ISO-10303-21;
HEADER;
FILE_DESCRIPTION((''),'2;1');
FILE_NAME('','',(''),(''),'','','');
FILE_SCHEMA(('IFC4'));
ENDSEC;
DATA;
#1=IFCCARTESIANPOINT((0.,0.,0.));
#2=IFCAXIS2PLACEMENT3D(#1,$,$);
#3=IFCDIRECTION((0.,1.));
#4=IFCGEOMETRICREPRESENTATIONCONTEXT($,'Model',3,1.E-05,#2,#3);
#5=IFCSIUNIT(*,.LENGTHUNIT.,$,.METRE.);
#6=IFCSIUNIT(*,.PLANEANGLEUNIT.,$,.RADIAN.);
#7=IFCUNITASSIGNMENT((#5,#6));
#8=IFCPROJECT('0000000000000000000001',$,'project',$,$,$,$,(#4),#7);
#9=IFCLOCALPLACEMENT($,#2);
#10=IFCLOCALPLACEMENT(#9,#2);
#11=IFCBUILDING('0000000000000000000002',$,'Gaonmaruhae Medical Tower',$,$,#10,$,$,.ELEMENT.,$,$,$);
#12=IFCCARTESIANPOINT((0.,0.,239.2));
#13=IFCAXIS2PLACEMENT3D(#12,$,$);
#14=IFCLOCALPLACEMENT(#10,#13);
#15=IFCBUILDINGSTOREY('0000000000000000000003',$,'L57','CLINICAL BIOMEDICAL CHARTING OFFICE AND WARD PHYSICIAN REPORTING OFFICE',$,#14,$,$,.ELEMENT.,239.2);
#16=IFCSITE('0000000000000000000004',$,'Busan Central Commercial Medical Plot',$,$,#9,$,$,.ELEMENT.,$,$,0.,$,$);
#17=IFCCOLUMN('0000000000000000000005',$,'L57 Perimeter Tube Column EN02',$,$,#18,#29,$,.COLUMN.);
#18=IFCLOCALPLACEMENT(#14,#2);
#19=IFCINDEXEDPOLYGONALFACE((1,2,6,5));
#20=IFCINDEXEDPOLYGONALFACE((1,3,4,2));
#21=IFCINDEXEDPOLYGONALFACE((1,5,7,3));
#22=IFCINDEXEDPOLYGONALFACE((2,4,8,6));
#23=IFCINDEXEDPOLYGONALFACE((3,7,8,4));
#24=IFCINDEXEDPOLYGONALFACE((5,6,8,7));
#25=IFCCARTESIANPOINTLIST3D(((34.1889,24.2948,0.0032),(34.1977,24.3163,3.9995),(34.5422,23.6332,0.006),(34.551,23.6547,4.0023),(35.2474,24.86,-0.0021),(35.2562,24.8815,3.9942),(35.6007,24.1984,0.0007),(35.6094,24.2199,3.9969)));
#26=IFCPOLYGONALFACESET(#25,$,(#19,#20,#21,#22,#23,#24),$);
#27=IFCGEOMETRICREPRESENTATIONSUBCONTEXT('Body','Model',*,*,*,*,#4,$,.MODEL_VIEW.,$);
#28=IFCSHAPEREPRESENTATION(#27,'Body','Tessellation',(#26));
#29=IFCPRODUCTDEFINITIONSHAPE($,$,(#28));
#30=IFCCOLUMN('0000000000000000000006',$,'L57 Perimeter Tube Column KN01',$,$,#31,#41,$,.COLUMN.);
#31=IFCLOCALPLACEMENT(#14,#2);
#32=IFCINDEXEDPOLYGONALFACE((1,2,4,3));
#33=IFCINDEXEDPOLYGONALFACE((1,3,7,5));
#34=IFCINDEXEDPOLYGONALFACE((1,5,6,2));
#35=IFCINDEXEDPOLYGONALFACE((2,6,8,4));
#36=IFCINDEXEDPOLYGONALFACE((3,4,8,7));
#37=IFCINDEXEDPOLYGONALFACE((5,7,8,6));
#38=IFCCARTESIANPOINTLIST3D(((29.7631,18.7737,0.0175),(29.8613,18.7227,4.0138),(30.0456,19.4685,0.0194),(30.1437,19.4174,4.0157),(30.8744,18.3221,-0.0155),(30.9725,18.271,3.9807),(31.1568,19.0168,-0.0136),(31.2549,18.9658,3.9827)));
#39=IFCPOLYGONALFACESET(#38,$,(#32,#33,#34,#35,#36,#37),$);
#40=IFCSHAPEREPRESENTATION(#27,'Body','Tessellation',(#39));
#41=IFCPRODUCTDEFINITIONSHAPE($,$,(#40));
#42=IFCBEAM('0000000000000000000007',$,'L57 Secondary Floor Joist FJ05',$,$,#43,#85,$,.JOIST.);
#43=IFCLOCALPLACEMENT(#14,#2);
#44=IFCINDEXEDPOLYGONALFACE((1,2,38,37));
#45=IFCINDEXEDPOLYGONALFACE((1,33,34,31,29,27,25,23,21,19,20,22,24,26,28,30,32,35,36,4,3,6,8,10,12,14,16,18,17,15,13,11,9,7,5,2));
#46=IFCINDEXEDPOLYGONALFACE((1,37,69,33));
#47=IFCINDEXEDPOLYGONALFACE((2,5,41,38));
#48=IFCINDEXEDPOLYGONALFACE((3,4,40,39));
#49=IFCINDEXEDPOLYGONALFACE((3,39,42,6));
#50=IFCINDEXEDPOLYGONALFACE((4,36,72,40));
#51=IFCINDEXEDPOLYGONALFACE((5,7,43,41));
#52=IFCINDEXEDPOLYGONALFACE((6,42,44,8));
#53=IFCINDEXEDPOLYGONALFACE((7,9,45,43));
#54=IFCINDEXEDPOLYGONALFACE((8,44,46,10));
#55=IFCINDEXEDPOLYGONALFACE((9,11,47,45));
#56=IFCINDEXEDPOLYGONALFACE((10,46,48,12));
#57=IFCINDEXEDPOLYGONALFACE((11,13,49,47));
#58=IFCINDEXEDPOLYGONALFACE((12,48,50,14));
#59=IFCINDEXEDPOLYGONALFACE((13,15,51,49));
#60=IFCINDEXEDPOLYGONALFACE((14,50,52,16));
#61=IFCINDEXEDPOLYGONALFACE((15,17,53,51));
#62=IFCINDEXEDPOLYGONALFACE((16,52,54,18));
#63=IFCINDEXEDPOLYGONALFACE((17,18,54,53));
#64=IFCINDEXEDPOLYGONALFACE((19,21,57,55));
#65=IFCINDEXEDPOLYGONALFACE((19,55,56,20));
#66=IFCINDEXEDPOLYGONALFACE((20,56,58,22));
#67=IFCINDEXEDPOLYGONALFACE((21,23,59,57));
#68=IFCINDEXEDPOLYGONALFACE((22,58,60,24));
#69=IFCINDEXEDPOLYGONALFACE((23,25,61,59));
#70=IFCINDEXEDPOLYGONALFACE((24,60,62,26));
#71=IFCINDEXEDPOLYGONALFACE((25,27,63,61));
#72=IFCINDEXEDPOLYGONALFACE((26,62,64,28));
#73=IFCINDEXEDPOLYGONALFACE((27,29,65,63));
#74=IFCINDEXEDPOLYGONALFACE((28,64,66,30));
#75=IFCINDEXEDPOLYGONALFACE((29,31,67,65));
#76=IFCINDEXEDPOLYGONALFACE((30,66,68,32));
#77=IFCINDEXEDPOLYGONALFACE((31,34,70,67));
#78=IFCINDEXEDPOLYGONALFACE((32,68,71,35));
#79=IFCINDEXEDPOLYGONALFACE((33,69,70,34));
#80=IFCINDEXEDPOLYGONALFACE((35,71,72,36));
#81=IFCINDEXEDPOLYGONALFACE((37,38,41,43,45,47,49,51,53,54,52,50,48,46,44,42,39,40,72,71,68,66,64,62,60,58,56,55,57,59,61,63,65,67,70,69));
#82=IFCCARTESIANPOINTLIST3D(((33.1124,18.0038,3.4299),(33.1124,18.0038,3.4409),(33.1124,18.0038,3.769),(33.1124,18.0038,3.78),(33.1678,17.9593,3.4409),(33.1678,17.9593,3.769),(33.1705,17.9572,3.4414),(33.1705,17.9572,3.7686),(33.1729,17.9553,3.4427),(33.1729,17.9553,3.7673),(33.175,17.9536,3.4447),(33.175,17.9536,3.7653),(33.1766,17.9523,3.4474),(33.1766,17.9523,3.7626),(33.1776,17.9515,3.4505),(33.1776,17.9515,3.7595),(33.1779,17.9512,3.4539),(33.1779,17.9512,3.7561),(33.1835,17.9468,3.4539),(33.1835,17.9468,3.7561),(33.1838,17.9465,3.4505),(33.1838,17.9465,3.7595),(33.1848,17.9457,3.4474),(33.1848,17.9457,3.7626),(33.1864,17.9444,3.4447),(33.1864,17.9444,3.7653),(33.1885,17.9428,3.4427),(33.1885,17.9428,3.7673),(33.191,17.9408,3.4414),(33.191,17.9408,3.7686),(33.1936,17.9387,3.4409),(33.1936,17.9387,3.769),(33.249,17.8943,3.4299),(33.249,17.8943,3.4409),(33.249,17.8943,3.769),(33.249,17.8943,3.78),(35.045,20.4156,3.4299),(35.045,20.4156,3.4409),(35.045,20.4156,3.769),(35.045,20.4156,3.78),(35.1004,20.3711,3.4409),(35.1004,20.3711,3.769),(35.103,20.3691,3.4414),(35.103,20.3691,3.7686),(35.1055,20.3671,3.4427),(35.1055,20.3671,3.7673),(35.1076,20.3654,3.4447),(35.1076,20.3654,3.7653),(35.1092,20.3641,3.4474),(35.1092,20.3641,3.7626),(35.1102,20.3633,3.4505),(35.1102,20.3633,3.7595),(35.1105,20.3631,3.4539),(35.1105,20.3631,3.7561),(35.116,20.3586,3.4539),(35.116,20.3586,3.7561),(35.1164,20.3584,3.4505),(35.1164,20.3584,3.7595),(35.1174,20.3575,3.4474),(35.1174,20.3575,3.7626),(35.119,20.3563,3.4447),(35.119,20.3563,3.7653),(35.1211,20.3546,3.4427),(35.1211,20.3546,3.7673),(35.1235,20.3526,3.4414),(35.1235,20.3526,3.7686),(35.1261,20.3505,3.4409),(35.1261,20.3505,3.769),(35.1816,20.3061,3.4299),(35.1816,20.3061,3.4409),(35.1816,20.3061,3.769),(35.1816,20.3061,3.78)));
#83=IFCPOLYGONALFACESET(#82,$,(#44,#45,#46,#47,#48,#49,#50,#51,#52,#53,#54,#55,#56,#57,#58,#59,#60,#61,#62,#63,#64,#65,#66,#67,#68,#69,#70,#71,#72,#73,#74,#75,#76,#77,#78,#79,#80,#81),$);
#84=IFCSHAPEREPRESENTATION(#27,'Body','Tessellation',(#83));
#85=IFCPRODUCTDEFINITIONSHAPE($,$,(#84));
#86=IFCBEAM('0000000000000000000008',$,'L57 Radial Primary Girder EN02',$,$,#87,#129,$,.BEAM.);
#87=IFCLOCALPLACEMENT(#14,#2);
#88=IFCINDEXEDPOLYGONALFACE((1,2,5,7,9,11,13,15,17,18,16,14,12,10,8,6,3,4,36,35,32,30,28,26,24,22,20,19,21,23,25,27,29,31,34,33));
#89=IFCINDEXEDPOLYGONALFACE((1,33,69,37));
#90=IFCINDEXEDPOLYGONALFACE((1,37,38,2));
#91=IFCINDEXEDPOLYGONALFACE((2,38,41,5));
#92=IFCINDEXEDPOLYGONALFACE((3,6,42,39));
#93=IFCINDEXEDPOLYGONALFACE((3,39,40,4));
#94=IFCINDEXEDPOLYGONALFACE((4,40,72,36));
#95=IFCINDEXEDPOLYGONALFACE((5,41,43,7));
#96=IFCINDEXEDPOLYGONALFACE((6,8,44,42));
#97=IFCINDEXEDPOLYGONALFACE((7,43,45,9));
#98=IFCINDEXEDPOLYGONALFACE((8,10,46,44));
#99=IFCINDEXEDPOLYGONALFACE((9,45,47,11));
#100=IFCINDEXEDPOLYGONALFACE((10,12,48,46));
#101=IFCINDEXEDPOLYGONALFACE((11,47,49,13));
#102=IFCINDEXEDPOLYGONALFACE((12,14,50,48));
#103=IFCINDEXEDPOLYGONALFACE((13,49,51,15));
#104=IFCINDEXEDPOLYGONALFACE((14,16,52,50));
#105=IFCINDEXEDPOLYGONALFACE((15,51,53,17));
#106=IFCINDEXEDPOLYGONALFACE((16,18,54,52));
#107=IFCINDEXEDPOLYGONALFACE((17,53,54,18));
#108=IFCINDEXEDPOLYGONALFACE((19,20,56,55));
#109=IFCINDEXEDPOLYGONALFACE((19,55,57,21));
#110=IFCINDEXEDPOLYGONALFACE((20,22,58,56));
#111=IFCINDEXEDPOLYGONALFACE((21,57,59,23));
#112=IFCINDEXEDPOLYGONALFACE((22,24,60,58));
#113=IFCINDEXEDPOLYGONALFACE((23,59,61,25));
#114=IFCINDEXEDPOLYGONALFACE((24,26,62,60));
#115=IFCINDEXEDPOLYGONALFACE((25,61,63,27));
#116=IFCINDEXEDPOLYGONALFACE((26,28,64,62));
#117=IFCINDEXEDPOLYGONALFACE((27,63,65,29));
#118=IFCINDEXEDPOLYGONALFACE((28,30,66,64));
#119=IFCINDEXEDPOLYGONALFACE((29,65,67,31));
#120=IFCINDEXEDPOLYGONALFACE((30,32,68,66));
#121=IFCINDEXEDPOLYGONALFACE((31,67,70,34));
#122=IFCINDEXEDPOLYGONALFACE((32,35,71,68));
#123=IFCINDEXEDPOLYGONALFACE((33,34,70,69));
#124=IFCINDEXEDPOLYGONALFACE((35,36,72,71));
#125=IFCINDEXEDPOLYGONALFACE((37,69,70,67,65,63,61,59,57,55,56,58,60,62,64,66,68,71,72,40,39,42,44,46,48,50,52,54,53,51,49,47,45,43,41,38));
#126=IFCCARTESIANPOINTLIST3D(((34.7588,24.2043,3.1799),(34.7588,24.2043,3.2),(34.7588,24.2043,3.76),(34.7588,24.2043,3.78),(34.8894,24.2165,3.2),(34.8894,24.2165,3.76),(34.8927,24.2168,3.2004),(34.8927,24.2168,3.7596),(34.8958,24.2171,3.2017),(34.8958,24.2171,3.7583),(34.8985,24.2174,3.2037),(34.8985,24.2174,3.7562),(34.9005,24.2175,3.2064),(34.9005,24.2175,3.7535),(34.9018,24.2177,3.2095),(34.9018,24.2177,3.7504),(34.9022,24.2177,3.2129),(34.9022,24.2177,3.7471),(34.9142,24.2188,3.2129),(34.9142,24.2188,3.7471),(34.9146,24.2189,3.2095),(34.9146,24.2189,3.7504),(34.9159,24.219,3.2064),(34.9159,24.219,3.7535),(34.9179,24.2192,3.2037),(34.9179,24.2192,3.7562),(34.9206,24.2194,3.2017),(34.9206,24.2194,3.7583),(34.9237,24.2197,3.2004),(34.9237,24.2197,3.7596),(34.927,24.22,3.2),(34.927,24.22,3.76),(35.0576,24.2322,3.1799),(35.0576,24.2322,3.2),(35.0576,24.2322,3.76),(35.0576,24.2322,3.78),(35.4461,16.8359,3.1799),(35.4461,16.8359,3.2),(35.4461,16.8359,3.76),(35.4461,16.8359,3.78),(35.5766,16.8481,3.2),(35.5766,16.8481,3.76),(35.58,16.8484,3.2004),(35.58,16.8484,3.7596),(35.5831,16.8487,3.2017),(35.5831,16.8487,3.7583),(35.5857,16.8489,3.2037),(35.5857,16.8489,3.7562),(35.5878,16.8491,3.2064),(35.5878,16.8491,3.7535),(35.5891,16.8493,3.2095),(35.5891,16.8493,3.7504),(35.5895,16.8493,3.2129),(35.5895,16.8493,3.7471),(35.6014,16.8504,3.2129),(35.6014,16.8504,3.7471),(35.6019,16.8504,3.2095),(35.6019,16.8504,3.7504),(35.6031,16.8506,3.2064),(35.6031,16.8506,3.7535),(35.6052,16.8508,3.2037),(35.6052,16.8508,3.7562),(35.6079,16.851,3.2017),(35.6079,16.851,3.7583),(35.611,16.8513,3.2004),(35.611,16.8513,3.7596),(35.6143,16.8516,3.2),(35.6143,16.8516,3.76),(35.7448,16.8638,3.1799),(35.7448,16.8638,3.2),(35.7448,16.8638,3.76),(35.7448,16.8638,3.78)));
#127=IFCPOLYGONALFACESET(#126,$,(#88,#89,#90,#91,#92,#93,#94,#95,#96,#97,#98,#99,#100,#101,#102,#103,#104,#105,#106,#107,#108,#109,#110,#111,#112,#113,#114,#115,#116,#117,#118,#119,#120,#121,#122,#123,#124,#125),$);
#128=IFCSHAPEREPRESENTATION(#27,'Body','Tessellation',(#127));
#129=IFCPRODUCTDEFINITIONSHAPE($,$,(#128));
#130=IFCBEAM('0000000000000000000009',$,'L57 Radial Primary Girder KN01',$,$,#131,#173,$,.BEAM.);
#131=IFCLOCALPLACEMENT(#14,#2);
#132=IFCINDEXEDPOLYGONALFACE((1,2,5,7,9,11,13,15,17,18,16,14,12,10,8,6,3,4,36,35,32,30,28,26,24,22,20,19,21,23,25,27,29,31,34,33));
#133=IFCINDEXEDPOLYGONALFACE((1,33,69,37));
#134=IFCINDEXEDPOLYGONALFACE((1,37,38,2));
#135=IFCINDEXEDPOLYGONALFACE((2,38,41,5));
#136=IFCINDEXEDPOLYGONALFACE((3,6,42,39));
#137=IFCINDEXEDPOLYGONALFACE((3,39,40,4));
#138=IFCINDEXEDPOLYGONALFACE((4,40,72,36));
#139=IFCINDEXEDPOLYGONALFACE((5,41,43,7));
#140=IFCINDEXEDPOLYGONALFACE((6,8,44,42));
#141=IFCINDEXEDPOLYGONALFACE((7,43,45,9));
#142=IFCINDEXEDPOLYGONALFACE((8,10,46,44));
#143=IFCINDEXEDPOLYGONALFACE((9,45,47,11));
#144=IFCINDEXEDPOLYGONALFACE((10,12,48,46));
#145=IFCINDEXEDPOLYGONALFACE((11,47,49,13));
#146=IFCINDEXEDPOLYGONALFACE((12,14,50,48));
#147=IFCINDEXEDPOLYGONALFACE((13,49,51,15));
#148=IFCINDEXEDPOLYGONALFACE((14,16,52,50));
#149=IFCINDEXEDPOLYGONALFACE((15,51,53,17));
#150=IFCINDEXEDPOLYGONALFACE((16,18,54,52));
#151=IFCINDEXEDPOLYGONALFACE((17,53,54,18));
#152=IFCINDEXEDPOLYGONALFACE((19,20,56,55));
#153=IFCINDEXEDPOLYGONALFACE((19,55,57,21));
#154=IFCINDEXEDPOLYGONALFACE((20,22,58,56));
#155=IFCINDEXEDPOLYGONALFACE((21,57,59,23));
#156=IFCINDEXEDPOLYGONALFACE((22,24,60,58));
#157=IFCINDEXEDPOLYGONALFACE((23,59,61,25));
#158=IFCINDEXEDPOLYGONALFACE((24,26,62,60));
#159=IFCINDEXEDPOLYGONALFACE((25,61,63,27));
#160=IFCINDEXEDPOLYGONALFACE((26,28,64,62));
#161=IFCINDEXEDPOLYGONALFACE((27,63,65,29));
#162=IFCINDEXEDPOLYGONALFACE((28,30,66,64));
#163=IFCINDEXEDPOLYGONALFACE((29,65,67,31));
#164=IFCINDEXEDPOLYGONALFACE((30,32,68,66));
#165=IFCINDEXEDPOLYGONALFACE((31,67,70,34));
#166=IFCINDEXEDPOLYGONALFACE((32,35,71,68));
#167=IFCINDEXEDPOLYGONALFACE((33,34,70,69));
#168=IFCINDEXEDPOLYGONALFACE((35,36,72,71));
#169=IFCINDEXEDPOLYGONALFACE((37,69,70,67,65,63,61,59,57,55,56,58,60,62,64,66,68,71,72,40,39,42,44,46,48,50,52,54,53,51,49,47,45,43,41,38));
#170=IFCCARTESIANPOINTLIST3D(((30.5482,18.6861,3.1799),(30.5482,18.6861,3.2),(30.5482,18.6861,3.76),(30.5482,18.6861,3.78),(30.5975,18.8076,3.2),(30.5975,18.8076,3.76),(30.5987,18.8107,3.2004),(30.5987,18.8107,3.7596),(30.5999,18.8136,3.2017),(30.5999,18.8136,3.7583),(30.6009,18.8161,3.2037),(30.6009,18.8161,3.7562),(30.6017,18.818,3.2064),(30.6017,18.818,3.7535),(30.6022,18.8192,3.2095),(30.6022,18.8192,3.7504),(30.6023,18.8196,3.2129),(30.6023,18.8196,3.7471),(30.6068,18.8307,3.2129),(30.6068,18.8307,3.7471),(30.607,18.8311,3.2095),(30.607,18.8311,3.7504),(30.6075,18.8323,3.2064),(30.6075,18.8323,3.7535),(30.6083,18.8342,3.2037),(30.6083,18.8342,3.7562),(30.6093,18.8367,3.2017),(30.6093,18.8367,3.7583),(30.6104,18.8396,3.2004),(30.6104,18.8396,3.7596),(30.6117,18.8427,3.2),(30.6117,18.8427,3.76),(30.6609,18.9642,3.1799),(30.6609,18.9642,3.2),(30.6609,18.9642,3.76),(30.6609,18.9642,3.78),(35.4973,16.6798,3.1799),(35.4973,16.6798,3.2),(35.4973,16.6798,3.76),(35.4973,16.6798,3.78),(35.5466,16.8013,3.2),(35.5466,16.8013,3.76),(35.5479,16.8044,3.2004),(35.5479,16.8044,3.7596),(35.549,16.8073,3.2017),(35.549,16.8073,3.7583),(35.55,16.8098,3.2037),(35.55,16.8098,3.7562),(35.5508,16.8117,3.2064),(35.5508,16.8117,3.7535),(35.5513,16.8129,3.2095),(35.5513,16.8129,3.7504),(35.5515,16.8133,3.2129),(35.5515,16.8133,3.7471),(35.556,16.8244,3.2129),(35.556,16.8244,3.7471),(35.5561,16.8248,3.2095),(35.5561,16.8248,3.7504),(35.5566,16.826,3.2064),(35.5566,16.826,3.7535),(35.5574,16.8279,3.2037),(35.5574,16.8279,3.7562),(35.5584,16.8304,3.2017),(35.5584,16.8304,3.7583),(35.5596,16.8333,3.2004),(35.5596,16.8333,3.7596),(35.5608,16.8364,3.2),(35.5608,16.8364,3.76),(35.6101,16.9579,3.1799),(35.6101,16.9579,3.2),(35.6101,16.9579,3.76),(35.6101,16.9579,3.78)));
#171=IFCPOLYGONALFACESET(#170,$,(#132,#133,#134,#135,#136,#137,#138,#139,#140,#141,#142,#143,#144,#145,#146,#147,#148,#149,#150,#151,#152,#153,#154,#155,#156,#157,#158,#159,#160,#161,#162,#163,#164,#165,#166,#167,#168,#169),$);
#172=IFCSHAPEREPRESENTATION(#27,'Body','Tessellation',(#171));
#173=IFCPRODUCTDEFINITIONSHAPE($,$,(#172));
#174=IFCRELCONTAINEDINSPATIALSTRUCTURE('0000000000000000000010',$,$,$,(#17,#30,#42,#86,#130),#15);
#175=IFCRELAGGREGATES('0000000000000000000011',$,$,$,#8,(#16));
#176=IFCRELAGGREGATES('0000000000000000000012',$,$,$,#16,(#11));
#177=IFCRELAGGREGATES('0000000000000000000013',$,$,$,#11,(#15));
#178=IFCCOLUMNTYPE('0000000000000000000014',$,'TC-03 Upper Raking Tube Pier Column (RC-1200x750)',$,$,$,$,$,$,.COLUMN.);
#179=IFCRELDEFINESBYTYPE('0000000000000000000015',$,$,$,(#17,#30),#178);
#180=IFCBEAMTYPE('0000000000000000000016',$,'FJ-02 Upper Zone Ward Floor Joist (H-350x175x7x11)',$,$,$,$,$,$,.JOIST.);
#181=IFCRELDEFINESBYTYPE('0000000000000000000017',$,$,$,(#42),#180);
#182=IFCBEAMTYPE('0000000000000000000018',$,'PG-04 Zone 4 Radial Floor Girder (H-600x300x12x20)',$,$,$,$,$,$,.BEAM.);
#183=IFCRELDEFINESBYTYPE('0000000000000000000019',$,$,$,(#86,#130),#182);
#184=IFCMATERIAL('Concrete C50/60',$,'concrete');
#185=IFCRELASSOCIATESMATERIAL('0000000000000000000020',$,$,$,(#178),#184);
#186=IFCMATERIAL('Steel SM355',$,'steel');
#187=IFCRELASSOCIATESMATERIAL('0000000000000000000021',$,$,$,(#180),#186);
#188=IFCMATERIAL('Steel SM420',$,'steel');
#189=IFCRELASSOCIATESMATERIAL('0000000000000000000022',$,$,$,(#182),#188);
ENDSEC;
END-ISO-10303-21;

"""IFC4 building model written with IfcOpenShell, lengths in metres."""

from ifc_helpers import new_model, si_unit, direction, frame, origin, origin_2d, place, context, subcontext, project, spatial, rectangle, i_section, extrude, material, material_profile, profile_set, type_object, element, save


model = new_model("IFC4")

# Units and contexts
model_context = context("Model", 3, precision=1e-05, world=origin(), true_north=direction((0.0, 1.0)))
body_context = subcontext(model_context, "Body", "Model", "MODEL_VIEW")
ifc_project = project(units=[si_unit("LENGTHUNIT", "METRE"), si_unit("PLANEANGLEUNIT", "RADIAN")], contexts=[model_context])

# Site, building, storey
site_placement = place(None, origin())
site = spatial("IfcSite", under=ifc_project, at=site_placement, Name="Busan Central Commercial Medical Plot", CompositionType="ELEMENT", RefElevation=0.0)
building_placement = place(site_placement, origin())
building = spatial("IfcBuilding", under=site, at=building_placement, Name="Gaonmaruhae Medical Tower", CompositionType="ELEMENT")
storey_placement = place(building_placement, frame((0.0, 0.0, 239.2)))
storey = spatial("IfcBuildingStorey", under=building, at=storey_placement, Name="L57", Description="CLINICAL BIOMEDICAL CHARTING OFFICE AND WARD PHYSICIAN REPORTING OFFICE", CompositionType="ELEMENT", Elevation=239.2)

# Columns
ifc_material_1 = material(Name="Concrete C50/60", Category="concrete")
ifc_material_profile_1 = material_profile(ifc_material_1, rectangle(XDim=1.2, YDim=0.75, at=origin_2d()), Name="RC-1200x750")
ifc_profile_set_1 = profile_set([ifc_material_profile_1], Name="Concrete C50/60")
column_type = type_object("IfcColumnType", Name="TC-03 Upper Raking Tube Pier Column (RC-1200x750)", PredefinedType="COLUMN", material=ifc_profile_set_1)
column_1_placement = place(storey_placement, frame((34.8948, 24.2466, 0.002), z_axis=(0.002199, 0.005376, 0.999983), x_axis=(-0.882114, -0.471015, 0.004472)))
element("IfcColumn", 1, at=column_1_placement, inside=storey, type_object=column_type, Name="L57 Perimeter Tube Column EN02", PredefinedType="COLUMN", context=body_context, shape_type="SweptSolid", body=[
    extrude(rectangle(XDim=1.2, YDim=0.75, at=origin_2d()), origin(), (0.0, 0.0, 1.0), 3.9963),
])
column_2_placement = place(storey_placement, frame((30.46, 18.8953, 0.002), z_axis=(0.024549, -0.012763, 0.999617), x_axis=(-0.926059, 0.376371, 0.027548)))
element("IfcColumn", 2, at=column_2_placement, inside=storey, type_object=column_type, Name="L57 Perimeter Tube Column KN01", PredefinedType="COLUMN", context=body_context, shape_type="SweptSolid", body=[
    extrude(rectangle(XDim=1.2, YDim=0.75, at=origin_2d()), origin(), (0.0, 0.0, 1.0), 3.9978),
])

# Beams
ifc_material_2 = material(Name="Steel SM355", Category="steel")
ifc_material_profile_2 = material_profile(ifc_material_2, i_section(OverallWidth=0.175, OverallDepth=0.3501, WebThickness=0.0071, FlangeThickness=0.011, FilletRadius=0.0129, at=origin_2d()), Name="H-350x175x7x11")
ifc_profile_set_2 = profile_set([ifc_material_profile_2], Name="Steel SM355")
beam_type_1 = type_object("IfcBeamType", Name="FJ-02 Upper Zone Ward Floor Joist (H-350x175x7x11)", PredefinedType="JOIST", material=ifc_profile_set_2)
beam_1_placement = place(storey_placement, frame((35.1133, 20.3608, 3.605), z_axis=(-0.625311, -0.780375, 0.0), x_axis=(0.780375, -0.625311, 0.0)))
element("IfcBeam", 3, at=beam_1_placement, inside=storey, type_object=beam_type_1, Name="L57 Secondary Floor Joist FJ05", PredefinedType="JOIST", context=body_context, shape_type="SweptSolid", body=[
    extrude(i_section(OverallWidth=0.175, OverallDepth=0.3501, WebThickness=0.0071, FlangeThickness=0.011, FilletRadius=0.0129, at=origin_2d()), origin(), (0.0, 0.0, 1.0), 3.0906),
])
ifc_material_3 = material(Name="Steel SM420", Category="steel")
ifc_material_profile_3 = material_profile(ifc_material_3, i_section(OverallWidth=0.3, OverallDepth=0.6001, WebThickness=0.012, FlangeThickness=0.02, FilletRadius=0.0129, at=origin_2d()), Name="H-600x300x12x20")
ifc_profile_set_3 = profile_set([ifc_material_profile_3], Name="Steel SM420")
beam_type_2 = type_object("IfcBeamType", Name="PG-04 Zone 4 Radial Floor Girder (H-600x300x12x20)", PredefinedType="BEAM", material=ifc_profile_set_3)
beam_2_placement = place(storey_placement, frame((35.5955, 16.8499, 3.48), z_axis=(-0.092868, 0.995678, 0.0), x_axis=(-0.995678, -0.092868, 0.0)))
element("IfcBeam", 4, at=beam_2_placement, inside=storey, type_object=beam_type_2, Name="L57 Radial Primary Girder EN02", PredefinedType="BEAM", context=body_context, shape_type="SweptSolid", body=[
    extrude(i_section(OverallWidth=0.3, OverallDepth=0.6001, WebThickness=0.012, FlangeThickness=0.02, FilletRadius=0.0129, at=origin_2d()), origin(), (0.0, 0.0, 1.0), 7.4004),
])
beam_3_placement = place(storey_placement, frame((35.5537, 16.8188, 3.48), z_axis=(-0.926745, 0.37569, 0.0), x_axis=(-0.37569, -0.926745, 0.0)))
element("IfcBeam", 5, at=beam_3_placement, inside=storey, type_object=beam_type_2, Name="L57 Radial Primary Girder KN01", PredefinedType="BEAM", context=body_context, shape_type="SweptSolid", body=[
    extrude(i_section(OverallWidth=0.3, OverallDepth=0.6001, WebThickness=0.012, FlangeThickness=0.02, FilletRadius=0.0129, at=origin_2d()), origin(), (0.0, 0.0, 1.0), 5.3403),
])

save(model, "model.ifc")
